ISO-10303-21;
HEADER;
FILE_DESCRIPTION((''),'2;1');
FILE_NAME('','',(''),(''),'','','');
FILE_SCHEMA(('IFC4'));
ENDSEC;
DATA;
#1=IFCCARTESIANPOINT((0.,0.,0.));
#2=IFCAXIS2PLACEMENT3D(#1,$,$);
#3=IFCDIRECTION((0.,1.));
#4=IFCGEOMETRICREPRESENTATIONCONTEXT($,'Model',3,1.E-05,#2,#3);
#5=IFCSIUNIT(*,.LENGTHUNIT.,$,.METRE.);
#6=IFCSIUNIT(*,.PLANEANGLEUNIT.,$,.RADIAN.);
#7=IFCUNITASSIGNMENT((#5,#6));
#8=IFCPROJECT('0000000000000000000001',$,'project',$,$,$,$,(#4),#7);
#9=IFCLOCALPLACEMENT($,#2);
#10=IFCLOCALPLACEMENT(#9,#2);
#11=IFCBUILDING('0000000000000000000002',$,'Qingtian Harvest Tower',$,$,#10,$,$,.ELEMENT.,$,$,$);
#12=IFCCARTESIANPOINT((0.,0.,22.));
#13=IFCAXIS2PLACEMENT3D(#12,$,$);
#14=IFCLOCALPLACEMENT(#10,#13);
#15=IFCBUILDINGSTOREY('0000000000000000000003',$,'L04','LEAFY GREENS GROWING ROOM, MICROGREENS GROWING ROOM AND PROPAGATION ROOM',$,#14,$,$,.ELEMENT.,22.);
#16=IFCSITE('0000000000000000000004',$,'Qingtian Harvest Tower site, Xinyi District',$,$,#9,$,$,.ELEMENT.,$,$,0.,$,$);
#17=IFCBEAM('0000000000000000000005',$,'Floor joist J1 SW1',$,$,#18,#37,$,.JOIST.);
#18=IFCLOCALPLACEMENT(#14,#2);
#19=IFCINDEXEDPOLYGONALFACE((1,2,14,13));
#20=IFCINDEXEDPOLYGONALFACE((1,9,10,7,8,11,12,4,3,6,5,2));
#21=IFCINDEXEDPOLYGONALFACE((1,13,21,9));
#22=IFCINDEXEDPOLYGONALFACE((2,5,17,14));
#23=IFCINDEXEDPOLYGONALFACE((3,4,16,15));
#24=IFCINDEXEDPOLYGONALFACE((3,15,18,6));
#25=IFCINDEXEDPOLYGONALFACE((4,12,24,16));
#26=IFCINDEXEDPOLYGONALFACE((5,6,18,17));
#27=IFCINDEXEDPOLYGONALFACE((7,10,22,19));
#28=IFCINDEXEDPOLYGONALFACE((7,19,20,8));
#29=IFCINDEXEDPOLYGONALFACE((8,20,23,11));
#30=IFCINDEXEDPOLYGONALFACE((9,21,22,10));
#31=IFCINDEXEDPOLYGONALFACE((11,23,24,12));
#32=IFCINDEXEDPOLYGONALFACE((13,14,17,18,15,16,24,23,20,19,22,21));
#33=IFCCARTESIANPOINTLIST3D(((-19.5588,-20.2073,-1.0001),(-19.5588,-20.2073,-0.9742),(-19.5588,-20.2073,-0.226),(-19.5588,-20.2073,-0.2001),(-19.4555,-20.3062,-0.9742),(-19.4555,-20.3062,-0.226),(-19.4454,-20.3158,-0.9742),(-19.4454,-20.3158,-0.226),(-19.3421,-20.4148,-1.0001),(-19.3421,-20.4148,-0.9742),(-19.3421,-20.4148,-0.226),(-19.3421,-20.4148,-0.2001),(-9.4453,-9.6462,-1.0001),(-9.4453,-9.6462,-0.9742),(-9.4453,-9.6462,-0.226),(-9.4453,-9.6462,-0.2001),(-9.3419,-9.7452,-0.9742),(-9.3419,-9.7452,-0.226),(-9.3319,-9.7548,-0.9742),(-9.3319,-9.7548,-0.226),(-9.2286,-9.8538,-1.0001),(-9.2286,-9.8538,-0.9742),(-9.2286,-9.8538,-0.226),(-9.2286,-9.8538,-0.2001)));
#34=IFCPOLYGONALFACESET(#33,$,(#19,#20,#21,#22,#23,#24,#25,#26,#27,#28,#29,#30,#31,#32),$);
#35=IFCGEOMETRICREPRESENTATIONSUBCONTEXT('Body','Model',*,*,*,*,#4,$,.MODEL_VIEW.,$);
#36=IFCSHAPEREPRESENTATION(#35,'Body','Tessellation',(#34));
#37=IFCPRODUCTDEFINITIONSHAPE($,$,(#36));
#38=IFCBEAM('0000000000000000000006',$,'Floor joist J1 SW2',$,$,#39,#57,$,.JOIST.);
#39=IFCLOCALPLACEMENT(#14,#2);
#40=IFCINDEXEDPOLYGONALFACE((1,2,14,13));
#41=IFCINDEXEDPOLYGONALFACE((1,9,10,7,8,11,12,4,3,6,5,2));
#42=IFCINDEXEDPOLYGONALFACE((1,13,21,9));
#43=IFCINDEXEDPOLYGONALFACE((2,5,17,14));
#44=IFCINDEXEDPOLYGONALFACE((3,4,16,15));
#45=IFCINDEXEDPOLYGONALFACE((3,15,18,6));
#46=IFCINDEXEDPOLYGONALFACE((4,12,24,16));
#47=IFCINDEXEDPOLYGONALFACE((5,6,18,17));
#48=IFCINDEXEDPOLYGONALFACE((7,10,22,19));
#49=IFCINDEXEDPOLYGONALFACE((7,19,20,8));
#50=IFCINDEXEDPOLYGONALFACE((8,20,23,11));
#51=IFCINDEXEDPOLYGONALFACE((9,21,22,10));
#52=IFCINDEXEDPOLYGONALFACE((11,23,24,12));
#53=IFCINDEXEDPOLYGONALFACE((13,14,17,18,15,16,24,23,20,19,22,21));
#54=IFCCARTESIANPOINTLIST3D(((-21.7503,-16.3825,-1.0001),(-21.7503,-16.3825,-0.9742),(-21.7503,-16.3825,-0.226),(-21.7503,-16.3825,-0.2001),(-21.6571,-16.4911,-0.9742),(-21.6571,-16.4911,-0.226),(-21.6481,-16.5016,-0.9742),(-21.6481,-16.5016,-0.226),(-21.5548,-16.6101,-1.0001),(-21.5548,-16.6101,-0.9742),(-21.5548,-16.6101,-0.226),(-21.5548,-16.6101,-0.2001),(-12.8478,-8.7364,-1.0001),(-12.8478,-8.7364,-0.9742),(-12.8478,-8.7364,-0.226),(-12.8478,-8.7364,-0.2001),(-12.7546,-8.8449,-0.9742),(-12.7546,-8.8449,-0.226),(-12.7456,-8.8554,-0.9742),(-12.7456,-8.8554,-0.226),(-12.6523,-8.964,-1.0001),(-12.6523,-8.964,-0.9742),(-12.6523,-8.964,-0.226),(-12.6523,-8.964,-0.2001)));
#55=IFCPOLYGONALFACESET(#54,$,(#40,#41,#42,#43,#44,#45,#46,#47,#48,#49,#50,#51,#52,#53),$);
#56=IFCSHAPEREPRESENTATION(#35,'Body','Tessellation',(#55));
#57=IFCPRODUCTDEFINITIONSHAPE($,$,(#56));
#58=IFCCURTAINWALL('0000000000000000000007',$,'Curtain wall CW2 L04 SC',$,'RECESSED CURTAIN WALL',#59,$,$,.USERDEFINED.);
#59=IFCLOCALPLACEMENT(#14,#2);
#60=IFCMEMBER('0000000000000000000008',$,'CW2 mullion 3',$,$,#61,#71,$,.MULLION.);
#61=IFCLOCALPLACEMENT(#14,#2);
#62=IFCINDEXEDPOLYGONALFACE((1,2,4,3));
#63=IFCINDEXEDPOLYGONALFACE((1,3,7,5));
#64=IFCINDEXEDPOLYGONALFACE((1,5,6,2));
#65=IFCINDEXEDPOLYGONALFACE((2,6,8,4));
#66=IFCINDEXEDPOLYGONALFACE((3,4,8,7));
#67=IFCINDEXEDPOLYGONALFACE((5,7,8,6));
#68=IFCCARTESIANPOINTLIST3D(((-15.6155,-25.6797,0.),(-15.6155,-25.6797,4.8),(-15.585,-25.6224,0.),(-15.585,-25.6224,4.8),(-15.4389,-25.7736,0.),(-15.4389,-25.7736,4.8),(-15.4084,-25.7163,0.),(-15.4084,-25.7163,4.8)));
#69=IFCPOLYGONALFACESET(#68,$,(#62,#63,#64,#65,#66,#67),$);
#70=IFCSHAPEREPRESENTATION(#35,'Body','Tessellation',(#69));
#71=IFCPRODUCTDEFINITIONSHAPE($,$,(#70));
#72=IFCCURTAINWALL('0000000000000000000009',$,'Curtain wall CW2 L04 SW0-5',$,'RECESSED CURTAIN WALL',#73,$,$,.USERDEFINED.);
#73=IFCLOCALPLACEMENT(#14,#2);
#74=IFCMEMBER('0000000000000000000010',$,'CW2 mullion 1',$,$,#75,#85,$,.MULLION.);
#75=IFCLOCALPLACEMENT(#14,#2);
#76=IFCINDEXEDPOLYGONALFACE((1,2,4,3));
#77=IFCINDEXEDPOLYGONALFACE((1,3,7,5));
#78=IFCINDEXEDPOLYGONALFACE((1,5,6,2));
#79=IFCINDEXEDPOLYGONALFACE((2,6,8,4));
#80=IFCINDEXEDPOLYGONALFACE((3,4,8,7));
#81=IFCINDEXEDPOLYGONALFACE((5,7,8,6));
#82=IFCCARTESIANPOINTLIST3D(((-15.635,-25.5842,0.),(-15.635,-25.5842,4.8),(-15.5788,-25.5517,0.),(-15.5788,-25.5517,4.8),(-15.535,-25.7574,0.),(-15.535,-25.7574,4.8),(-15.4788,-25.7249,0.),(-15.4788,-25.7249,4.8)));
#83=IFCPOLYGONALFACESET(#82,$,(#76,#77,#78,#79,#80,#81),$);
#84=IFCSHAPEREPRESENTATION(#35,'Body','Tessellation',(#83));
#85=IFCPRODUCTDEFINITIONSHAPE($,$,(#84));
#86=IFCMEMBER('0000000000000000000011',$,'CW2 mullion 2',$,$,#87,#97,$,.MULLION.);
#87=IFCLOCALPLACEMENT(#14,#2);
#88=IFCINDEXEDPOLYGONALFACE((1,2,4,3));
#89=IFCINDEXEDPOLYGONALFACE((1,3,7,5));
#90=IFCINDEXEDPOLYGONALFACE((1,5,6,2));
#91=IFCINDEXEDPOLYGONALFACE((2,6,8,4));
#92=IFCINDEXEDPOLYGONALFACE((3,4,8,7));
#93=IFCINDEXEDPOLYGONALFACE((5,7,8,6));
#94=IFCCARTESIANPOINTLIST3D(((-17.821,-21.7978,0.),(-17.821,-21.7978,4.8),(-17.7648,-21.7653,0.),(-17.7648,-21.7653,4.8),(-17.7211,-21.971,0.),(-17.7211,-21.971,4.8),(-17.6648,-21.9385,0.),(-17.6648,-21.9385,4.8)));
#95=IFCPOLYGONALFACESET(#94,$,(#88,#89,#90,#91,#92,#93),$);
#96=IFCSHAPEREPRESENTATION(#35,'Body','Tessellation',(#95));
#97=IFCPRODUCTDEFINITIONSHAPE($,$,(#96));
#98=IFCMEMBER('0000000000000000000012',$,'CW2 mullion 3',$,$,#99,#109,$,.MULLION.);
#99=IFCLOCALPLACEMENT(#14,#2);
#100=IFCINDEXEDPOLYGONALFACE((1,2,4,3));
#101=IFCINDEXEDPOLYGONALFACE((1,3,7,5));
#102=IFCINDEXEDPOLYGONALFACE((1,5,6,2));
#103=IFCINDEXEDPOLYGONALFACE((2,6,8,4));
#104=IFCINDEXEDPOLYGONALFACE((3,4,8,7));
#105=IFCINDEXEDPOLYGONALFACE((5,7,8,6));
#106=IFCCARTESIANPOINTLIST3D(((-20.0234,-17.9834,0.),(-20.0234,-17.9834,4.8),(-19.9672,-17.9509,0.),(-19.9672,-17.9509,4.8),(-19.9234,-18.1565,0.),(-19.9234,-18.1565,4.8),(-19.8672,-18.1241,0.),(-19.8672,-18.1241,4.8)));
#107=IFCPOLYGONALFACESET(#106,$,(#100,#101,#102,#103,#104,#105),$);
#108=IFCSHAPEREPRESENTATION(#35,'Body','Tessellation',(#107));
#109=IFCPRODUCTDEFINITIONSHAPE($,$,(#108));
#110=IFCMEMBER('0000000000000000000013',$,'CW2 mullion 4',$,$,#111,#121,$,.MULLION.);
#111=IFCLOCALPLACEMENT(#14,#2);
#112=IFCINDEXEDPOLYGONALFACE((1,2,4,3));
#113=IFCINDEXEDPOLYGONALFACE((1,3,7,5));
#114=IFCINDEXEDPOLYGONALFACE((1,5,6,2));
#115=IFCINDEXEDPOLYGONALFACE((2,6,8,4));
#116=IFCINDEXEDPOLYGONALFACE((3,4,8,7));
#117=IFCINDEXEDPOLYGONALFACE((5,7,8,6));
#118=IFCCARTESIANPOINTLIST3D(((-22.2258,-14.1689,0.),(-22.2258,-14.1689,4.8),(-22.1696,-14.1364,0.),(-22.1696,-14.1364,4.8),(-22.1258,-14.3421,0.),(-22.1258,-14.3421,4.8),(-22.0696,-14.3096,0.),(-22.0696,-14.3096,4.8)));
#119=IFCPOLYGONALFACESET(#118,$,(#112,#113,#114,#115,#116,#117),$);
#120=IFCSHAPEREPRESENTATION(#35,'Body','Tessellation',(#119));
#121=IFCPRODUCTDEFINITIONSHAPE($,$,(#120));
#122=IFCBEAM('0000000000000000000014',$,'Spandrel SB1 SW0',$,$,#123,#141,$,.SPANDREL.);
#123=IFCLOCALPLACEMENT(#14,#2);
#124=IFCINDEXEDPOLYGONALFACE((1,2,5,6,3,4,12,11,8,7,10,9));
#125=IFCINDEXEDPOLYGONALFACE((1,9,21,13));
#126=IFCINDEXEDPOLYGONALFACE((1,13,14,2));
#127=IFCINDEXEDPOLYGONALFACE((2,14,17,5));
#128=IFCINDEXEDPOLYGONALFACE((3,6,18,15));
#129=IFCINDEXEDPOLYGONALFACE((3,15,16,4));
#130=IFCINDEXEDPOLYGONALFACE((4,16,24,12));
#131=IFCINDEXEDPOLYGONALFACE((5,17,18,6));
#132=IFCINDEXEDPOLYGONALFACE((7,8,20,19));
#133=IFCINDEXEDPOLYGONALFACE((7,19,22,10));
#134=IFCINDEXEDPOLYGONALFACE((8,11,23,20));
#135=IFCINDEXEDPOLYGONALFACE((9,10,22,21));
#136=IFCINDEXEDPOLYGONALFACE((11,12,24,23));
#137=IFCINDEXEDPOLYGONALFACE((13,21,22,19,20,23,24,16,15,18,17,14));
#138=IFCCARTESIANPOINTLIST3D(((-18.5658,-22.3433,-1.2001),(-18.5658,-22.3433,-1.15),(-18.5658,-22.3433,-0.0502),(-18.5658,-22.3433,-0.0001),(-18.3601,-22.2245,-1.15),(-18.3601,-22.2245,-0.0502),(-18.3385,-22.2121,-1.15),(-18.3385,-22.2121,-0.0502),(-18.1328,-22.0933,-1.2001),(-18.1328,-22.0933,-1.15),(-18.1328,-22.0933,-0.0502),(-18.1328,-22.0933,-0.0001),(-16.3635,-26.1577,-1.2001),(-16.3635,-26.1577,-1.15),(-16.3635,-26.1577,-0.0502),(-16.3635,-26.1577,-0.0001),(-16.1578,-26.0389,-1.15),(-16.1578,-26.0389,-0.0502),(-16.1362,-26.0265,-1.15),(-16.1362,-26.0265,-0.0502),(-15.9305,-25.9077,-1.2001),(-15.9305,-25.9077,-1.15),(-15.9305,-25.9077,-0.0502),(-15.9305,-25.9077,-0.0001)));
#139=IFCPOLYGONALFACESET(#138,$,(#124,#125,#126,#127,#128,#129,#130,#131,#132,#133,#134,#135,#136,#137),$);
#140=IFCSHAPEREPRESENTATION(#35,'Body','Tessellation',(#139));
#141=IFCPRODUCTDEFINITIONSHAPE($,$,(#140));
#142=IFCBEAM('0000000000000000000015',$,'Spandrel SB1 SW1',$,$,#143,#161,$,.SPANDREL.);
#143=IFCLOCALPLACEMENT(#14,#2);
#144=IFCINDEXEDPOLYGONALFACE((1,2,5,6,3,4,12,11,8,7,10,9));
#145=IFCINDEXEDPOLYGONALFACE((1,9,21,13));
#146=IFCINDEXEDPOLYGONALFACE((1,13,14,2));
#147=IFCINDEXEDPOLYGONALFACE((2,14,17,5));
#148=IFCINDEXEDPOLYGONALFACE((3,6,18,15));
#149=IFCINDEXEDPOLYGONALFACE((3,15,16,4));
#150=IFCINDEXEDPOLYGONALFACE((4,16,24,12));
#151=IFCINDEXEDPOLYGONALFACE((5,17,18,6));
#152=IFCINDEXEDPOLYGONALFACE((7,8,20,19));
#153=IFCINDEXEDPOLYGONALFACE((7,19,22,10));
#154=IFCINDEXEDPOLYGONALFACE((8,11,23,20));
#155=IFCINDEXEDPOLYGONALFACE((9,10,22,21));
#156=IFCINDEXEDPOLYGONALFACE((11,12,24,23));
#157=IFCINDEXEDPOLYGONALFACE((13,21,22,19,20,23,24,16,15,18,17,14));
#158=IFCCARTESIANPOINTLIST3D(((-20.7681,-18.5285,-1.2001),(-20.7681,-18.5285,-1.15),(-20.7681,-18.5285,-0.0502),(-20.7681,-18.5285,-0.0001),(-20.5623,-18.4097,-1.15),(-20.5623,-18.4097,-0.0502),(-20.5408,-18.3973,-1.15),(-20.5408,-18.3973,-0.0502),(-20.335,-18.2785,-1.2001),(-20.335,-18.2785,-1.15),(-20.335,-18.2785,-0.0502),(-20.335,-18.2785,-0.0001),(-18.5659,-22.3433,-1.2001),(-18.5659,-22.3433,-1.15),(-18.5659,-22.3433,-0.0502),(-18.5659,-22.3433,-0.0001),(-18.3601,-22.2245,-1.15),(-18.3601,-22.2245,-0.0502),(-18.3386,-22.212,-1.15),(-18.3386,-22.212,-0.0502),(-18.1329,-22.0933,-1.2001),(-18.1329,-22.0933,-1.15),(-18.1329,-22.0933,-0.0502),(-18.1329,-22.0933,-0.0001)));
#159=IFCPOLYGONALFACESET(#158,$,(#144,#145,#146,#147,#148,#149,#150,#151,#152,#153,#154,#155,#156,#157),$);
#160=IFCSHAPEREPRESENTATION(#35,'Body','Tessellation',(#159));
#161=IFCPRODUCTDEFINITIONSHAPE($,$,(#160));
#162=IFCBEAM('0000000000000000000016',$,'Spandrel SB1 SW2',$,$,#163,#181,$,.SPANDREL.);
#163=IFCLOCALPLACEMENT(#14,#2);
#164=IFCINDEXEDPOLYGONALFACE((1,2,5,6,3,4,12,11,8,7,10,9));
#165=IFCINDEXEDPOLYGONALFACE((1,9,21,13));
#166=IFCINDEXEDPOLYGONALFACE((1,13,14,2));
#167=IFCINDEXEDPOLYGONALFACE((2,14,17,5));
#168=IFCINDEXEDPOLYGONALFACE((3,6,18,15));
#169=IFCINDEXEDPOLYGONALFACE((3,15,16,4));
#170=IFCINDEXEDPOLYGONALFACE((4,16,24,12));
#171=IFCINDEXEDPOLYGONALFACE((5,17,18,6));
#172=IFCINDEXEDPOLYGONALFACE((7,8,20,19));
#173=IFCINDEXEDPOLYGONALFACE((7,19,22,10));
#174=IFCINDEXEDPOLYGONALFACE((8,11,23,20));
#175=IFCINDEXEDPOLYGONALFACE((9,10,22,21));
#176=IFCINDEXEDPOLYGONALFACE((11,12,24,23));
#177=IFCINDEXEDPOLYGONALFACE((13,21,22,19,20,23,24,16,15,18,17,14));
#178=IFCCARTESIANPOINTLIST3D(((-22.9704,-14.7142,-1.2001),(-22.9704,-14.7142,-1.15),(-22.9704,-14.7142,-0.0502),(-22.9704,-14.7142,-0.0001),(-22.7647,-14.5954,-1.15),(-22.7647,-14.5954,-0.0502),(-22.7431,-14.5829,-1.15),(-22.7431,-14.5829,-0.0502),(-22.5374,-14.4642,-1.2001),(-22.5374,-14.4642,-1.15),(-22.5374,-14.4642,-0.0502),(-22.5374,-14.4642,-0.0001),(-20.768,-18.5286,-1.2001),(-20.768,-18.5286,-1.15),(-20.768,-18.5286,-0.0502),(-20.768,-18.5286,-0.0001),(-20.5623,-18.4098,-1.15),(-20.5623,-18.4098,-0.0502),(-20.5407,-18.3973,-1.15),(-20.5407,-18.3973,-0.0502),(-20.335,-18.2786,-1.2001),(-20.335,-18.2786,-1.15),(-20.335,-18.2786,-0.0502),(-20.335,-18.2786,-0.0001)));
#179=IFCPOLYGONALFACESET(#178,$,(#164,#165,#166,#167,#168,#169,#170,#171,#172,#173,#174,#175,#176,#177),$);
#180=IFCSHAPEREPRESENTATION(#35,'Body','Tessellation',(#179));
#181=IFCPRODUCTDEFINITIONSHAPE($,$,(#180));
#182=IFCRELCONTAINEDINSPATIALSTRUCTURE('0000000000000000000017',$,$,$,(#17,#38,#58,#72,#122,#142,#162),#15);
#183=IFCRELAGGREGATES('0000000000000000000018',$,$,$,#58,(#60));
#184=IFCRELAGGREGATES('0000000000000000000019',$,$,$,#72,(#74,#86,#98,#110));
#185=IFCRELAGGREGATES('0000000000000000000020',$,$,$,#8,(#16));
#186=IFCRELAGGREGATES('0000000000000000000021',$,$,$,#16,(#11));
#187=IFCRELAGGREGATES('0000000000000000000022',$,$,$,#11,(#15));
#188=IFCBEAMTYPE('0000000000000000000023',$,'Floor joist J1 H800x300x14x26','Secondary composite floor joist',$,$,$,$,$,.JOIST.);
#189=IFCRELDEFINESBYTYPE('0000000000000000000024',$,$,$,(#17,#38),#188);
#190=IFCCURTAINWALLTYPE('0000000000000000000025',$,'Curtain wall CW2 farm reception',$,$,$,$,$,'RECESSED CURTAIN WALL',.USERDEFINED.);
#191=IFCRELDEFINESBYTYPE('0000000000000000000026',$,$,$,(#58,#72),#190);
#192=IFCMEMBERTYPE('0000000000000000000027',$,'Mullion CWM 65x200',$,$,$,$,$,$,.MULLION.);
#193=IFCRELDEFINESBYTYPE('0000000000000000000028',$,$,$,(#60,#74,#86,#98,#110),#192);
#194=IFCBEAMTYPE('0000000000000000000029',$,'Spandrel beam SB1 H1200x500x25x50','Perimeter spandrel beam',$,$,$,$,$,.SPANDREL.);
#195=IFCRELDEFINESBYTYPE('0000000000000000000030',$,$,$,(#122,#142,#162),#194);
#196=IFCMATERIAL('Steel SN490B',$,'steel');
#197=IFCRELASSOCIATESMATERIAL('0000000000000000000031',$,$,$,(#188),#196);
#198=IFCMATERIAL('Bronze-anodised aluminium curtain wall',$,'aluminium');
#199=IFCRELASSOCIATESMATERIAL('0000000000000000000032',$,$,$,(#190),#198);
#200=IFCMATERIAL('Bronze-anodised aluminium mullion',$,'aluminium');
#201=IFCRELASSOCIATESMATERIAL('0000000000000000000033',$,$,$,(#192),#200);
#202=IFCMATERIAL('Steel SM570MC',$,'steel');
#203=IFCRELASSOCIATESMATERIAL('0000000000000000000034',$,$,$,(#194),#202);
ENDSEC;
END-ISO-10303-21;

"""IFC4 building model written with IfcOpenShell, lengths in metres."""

from ifc_helpers import new_model, si_unit, direction, frame, origin, origin_2d, place, context, subcontext, project, spatial, rectangle, i_section, extrude, material, material_profile, profile_set, type_object, element, aggregate, save


model = new_model("IFC4")

# Units and contexts
model_context = context("Model", 3, precision=1e-05, world=origin(), true_north=direction((0.0, 1.0)))
body_context = subcontext(model_context, "Body", "Model", "MODEL_VIEW")
ifc_project = project(units=[si_unit("LENGTHUNIT", "METRE"), si_unit("PLANEANGLEUNIT", "RADIAN")], contexts=[model_context])

# Site, building, storey
site_placement = place(None, origin())
site = spatial("IfcSite", under=ifc_project, at=site_placement, Name="Qingtian Harvest Tower site, Xinyi District", CompositionType="ELEMENT", RefElevation=0.0)
building_placement = place(site_placement, origin())
building = spatial("IfcBuilding", under=site, at=building_placement, Name="Qingtian Harvest Tower", CompositionType="ELEMENT")
storey_placement = place(building_placement, frame((0.0, 0.0, 22.0)))
storey = spatial("IfcBuildingStorey", under=building, at=storey_placement, Name="L04", Description="LEAFY GREENS GROWING ROOM, MICROGREENS GROWING ROOM AND PROPAGATION ROOM", CompositionType="ELEMENT", Elevation=22.0)

# Beams
ifc_material_1 = material(Name="Steel SN490B", Category="steel")
ifc_material_profile_1 = material_profile(ifc_material_1, i_section(OverallWidth=0.3, OverallDepth=0.8, WebThickness=0.0139, FlangeThickness=0.0259, at=origin_2d()), Name="H800x300x14x26")
ifc_profile_set_1 = profile_set([ifc_material_profile_1], Name="Steel SN490B")
beam_type_1 = type_object("IfcBeamType", Name="Floor joist J1 H800x300x14x26", Description="Secondary composite floor joist", PredefinedType="JOIST", material=ifc_profile_set_1)
beam_1_placement = place(storey_placement, frame((-19.4504, -20.311, -0.6001), z_axis=(0.691639, 0.722243, 0.0), x_axis=(-0.722243, 0.691639, 0.0)))
element("IfcBeam", 1, at=beam_1_placement, inside=storey, type_object=beam_type_1, Name="Floor joist J1 SW1", PredefinedType="JOIST", context=body_context, shape_type="SweptSolid", body=[
    extrude(i_section(OverallWidth=0.3, OverallDepth=0.8, WebThickness=0.0139, FlangeThickness=0.0259, at=origin_2d()), origin(), (0.0, 0.0, 1.0), 14.6226),
])
beam_2_placement = place(storey_placement, frame((-21.6526, -16.4963, -0.6001), z_axis=(0.758606, 0.65155, 0.0), x_axis=(-0.65155, 0.758606, 0.0)))
element("IfcBeam", 2, at=beam_2_placement, inside=storey, type_object=beam_type_1, Name="Floor joist J1 SW2", PredefinedType="JOIST", context=body_context, shape_type="SweptSolid", body=[
    extrude(i_section(OverallWidth=0.3, OverallDepth=0.8, WebThickness=0.0139, FlangeThickness=0.0259, at=origin_2d()), origin(), (0.0, 0.0, 1.0), 11.7354),
])

# Curtain wall, member
ifc_material_2 = material(Name="Bronze-anodised aluminium curtain wall", Category="aluminium")
curtain_wall_type = type_object("IfcCurtainWallType", Name="Curtain wall CW2 farm reception", ElementType="RECESSED CURTAIN WALL", PredefinedType="USERDEFINED", material=ifc_material_2)
curtain_wall_1_placement = place(storey_placement, origin())
curtain_wall_1 = element("IfcCurtainWall", 3, at=curtain_wall_1_placement, inside=storey, type_object=curtain_wall_type, Name="Curtain wall CW2 L04 SC", ObjectType="RECESSED CURTAIN WALL", PredefinedType="USERDEFINED")
ifc_material_3 = material(Name="Bronze-anodised aluminium mullion", Category="aluminium")
ifc_material_profile_2 = material_profile(ifc_material_3, rectangle(XDim=0.0649, YDim=0.2, at=origin_2d()), Name="AL 65x200")
ifc_profile_set_2 = profile_set([ifc_material_profile_2], Name="Bronze-anodised aluminium mullion")
member_type_1 = type_object("IfcMemberType", Name="Mullion CWM 65x200", PredefinedType="MULLION", material=ifc_profile_set_2)
member_1_placement = place(storey_placement, frame((-15.512, -25.698, 0.0), z_axis=(0.0, 0.0, 1.0), x_axis=(-0.469472, -0.882948, 0.0)))
member_1 = element("IfcMember", 4, at=member_1_placement, type_object=member_type_1, Name="CW2 mullion 3", PredefinedType="MULLION", context=body_context, shape_type="SweptSolid", body=[
    extrude(rectangle(XDim=0.0649, YDim=0.2, at=origin_2d()), origin(), (0.0, 0.0, 1.0), 4.8),
])

# Curtain wall, members
curtain_wall_2_placement = place(storey_placement, origin())
curtain_wall_2 = element("IfcCurtainWall", 5, at=curtain_wall_2_placement, inside=storey, type_object=curtain_wall_type, Name="Curtain wall CW2 L04 SW0-5", ObjectType="RECESSED CURTAIN WALL", PredefinedType="USERDEFINED")
member_2_placement = place(storey_placement, frame((-15.5569, -25.6545, 0.0), z_axis=(0.0, 0.0, 1.0), x_axis=(-0.866025, -0.5, 0.0)))
member_2 = element("IfcMember", 6, at=member_2_placement, type_object=member_type_1, Name="CW2 mullion 1", PredefinedType="MULLION", context=body_context, shape_type="SweptSolid", body=[
    extrude(rectangle(XDim=0.0649, YDim=0.2, at=origin_2d()), origin(), (0.0, 0.0, 1.0), 4.8),
])
member_3_placement = place(storey_placement, frame((-17.7429, -21.8682, 0.0), z_axis=(0.0, 0.0, 1.0), x_axis=(-0.866025, -0.5, 0.0)))
member_3 = element("IfcMember", 7, at=member_3_placement, type_object=member_type_1, Name="CW2 mullion 2", PredefinedType="MULLION", context=body_context, shape_type="SweptSolid", body=[
    extrude(rectangle(XDim=0.0649, YDim=0.2, at=origin_2d()), origin(), (0.0, 0.0, 1.0), 4.8),
])
member_4_placement = place(storey_placement, frame((-19.9453, -18.0537, 0.0), z_axis=(0.0, 0.0, 1.0), x_axis=(-0.866025, -0.5, 0.0)))
member_4 = element("IfcMember", 8, at=member_4_placement, type_object=member_type_1, Name="CW2 mullion 3", PredefinedType="MULLION", context=body_context, shape_type="SweptSolid", body=[
    extrude(rectangle(XDim=0.0649, YDim=0.2, at=origin_2d()), origin(), (0.0, 0.0, 1.0), 4.8),
])
member_5_placement = place(storey_placement, frame((-22.1477, -14.2393, 0.0), z_axis=(0.0, 0.0, 1.0), x_axis=(-0.866025, -0.5, 0.0)))
member_5 = element("IfcMember", 9, at=member_5_placement, type_object=member_type_1, Name="CW2 mullion 4", PredefinedType="MULLION", context=body_context, shape_type="SweptSolid", body=[
    extrude(rectangle(XDim=0.0649, YDim=0.2, at=origin_2d()), origin(), (0.0, 0.0, 1.0), 4.8),
])

# Beams
ifc_material_4 = material(Name="Steel SM570MC", Category="steel")
ifc_material_profile_3 = material_profile(ifc_material_4, i_section(OverallWidth=0.5, OverallDepth=1.2, WebThickness=0.0249, FlangeThickness=0.05, at=origin_2d()), Name="H1200x500x25x50")
ifc_profile_set_3 = profile_set([ifc_material_profile_3], Name="Steel SM570MC")
beam_type_2 = type_object("IfcBeamType", Name="Spandrel beam SB1 H1200x500x25x50", Description="Perimeter spandrel beam", PredefinedType="SPANDREL", material=ifc_profile_set_3)
beam_3_placement = place(storey_placement, frame((-16.147, -26.0327, -0.6001), z_axis=(-0.50002, 0.866014, 0.0), x_axis=(-0.866014, -0.50002, 0.0)))
element("IfcBeam", 10, at=beam_3_placement, inside=storey, type_object=beam_type_2, Name="Spandrel SB1 SW0", PredefinedType="SPANDREL", context=body_context, shape_type="SweptSolid", body=[
    extrude(i_section(OverallWidth=0.5, OverallDepth=1.2, WebThickness=0.0249, FlangeThickness=0.05, at=origin_2d()), origin(), (0.0, 0.0, 1.0), 4.4045),
])
beam_4_placement = place(storey_placement, frame((-18.3494, -22.2183, -0.6001), z_axis=(-0.499954, 0.866052, 0.0), x_axis=(-0.866052, -0.499954, 0.0)))
element("IfcBeam", 11, at=beam_4_placement, inside=storey, type_object=beam_type_2, Name="Spandrel SB1 SW1", PredefinedType="SPANDREL", context=body_context, shape_type="SweptSolid", body=[
    extrude(i_section(OverallWidth=0.5, OverallDepth=1.2, WebThickness=0.0249, FlangeThickness=0.05, at=origin_2d()), origin(), (0.0, 0.0, 1.0), 4.4048),
])
for number, where, z_axis, x_axis, name in (
    (12, (-20.5515, -18.4036, -0.6001), (-0.50002, 0.866014, 0.0), (-0.866014, -0.50002, 0.0), "Spandrel SB1 SW2"),
):
    element("IfcBeam", number, at=place(storey_placement, frame(where, z_axis=z_axis, x_axis=x_axis)), inside=storey, type_object=beam_type_2, Name=name, PredefinedType="SPANDREL", context=body_context, shape_type="SweptSolid", body=[
        extrude(i_section(OverallWidth=0.5, OverallDepth=1.2, WebThickness=0.0249, FlangeThickness=0.05, at=origin_2d()), origin(), (0.0, 0.0, 1.0), 4.4045),
    ])

aggregate(curtain_wall_1, [member_1])
aggregate(curtain_wall_2, [member_2, member_3, member_4, member_5])

save(model, "model.ifc")
